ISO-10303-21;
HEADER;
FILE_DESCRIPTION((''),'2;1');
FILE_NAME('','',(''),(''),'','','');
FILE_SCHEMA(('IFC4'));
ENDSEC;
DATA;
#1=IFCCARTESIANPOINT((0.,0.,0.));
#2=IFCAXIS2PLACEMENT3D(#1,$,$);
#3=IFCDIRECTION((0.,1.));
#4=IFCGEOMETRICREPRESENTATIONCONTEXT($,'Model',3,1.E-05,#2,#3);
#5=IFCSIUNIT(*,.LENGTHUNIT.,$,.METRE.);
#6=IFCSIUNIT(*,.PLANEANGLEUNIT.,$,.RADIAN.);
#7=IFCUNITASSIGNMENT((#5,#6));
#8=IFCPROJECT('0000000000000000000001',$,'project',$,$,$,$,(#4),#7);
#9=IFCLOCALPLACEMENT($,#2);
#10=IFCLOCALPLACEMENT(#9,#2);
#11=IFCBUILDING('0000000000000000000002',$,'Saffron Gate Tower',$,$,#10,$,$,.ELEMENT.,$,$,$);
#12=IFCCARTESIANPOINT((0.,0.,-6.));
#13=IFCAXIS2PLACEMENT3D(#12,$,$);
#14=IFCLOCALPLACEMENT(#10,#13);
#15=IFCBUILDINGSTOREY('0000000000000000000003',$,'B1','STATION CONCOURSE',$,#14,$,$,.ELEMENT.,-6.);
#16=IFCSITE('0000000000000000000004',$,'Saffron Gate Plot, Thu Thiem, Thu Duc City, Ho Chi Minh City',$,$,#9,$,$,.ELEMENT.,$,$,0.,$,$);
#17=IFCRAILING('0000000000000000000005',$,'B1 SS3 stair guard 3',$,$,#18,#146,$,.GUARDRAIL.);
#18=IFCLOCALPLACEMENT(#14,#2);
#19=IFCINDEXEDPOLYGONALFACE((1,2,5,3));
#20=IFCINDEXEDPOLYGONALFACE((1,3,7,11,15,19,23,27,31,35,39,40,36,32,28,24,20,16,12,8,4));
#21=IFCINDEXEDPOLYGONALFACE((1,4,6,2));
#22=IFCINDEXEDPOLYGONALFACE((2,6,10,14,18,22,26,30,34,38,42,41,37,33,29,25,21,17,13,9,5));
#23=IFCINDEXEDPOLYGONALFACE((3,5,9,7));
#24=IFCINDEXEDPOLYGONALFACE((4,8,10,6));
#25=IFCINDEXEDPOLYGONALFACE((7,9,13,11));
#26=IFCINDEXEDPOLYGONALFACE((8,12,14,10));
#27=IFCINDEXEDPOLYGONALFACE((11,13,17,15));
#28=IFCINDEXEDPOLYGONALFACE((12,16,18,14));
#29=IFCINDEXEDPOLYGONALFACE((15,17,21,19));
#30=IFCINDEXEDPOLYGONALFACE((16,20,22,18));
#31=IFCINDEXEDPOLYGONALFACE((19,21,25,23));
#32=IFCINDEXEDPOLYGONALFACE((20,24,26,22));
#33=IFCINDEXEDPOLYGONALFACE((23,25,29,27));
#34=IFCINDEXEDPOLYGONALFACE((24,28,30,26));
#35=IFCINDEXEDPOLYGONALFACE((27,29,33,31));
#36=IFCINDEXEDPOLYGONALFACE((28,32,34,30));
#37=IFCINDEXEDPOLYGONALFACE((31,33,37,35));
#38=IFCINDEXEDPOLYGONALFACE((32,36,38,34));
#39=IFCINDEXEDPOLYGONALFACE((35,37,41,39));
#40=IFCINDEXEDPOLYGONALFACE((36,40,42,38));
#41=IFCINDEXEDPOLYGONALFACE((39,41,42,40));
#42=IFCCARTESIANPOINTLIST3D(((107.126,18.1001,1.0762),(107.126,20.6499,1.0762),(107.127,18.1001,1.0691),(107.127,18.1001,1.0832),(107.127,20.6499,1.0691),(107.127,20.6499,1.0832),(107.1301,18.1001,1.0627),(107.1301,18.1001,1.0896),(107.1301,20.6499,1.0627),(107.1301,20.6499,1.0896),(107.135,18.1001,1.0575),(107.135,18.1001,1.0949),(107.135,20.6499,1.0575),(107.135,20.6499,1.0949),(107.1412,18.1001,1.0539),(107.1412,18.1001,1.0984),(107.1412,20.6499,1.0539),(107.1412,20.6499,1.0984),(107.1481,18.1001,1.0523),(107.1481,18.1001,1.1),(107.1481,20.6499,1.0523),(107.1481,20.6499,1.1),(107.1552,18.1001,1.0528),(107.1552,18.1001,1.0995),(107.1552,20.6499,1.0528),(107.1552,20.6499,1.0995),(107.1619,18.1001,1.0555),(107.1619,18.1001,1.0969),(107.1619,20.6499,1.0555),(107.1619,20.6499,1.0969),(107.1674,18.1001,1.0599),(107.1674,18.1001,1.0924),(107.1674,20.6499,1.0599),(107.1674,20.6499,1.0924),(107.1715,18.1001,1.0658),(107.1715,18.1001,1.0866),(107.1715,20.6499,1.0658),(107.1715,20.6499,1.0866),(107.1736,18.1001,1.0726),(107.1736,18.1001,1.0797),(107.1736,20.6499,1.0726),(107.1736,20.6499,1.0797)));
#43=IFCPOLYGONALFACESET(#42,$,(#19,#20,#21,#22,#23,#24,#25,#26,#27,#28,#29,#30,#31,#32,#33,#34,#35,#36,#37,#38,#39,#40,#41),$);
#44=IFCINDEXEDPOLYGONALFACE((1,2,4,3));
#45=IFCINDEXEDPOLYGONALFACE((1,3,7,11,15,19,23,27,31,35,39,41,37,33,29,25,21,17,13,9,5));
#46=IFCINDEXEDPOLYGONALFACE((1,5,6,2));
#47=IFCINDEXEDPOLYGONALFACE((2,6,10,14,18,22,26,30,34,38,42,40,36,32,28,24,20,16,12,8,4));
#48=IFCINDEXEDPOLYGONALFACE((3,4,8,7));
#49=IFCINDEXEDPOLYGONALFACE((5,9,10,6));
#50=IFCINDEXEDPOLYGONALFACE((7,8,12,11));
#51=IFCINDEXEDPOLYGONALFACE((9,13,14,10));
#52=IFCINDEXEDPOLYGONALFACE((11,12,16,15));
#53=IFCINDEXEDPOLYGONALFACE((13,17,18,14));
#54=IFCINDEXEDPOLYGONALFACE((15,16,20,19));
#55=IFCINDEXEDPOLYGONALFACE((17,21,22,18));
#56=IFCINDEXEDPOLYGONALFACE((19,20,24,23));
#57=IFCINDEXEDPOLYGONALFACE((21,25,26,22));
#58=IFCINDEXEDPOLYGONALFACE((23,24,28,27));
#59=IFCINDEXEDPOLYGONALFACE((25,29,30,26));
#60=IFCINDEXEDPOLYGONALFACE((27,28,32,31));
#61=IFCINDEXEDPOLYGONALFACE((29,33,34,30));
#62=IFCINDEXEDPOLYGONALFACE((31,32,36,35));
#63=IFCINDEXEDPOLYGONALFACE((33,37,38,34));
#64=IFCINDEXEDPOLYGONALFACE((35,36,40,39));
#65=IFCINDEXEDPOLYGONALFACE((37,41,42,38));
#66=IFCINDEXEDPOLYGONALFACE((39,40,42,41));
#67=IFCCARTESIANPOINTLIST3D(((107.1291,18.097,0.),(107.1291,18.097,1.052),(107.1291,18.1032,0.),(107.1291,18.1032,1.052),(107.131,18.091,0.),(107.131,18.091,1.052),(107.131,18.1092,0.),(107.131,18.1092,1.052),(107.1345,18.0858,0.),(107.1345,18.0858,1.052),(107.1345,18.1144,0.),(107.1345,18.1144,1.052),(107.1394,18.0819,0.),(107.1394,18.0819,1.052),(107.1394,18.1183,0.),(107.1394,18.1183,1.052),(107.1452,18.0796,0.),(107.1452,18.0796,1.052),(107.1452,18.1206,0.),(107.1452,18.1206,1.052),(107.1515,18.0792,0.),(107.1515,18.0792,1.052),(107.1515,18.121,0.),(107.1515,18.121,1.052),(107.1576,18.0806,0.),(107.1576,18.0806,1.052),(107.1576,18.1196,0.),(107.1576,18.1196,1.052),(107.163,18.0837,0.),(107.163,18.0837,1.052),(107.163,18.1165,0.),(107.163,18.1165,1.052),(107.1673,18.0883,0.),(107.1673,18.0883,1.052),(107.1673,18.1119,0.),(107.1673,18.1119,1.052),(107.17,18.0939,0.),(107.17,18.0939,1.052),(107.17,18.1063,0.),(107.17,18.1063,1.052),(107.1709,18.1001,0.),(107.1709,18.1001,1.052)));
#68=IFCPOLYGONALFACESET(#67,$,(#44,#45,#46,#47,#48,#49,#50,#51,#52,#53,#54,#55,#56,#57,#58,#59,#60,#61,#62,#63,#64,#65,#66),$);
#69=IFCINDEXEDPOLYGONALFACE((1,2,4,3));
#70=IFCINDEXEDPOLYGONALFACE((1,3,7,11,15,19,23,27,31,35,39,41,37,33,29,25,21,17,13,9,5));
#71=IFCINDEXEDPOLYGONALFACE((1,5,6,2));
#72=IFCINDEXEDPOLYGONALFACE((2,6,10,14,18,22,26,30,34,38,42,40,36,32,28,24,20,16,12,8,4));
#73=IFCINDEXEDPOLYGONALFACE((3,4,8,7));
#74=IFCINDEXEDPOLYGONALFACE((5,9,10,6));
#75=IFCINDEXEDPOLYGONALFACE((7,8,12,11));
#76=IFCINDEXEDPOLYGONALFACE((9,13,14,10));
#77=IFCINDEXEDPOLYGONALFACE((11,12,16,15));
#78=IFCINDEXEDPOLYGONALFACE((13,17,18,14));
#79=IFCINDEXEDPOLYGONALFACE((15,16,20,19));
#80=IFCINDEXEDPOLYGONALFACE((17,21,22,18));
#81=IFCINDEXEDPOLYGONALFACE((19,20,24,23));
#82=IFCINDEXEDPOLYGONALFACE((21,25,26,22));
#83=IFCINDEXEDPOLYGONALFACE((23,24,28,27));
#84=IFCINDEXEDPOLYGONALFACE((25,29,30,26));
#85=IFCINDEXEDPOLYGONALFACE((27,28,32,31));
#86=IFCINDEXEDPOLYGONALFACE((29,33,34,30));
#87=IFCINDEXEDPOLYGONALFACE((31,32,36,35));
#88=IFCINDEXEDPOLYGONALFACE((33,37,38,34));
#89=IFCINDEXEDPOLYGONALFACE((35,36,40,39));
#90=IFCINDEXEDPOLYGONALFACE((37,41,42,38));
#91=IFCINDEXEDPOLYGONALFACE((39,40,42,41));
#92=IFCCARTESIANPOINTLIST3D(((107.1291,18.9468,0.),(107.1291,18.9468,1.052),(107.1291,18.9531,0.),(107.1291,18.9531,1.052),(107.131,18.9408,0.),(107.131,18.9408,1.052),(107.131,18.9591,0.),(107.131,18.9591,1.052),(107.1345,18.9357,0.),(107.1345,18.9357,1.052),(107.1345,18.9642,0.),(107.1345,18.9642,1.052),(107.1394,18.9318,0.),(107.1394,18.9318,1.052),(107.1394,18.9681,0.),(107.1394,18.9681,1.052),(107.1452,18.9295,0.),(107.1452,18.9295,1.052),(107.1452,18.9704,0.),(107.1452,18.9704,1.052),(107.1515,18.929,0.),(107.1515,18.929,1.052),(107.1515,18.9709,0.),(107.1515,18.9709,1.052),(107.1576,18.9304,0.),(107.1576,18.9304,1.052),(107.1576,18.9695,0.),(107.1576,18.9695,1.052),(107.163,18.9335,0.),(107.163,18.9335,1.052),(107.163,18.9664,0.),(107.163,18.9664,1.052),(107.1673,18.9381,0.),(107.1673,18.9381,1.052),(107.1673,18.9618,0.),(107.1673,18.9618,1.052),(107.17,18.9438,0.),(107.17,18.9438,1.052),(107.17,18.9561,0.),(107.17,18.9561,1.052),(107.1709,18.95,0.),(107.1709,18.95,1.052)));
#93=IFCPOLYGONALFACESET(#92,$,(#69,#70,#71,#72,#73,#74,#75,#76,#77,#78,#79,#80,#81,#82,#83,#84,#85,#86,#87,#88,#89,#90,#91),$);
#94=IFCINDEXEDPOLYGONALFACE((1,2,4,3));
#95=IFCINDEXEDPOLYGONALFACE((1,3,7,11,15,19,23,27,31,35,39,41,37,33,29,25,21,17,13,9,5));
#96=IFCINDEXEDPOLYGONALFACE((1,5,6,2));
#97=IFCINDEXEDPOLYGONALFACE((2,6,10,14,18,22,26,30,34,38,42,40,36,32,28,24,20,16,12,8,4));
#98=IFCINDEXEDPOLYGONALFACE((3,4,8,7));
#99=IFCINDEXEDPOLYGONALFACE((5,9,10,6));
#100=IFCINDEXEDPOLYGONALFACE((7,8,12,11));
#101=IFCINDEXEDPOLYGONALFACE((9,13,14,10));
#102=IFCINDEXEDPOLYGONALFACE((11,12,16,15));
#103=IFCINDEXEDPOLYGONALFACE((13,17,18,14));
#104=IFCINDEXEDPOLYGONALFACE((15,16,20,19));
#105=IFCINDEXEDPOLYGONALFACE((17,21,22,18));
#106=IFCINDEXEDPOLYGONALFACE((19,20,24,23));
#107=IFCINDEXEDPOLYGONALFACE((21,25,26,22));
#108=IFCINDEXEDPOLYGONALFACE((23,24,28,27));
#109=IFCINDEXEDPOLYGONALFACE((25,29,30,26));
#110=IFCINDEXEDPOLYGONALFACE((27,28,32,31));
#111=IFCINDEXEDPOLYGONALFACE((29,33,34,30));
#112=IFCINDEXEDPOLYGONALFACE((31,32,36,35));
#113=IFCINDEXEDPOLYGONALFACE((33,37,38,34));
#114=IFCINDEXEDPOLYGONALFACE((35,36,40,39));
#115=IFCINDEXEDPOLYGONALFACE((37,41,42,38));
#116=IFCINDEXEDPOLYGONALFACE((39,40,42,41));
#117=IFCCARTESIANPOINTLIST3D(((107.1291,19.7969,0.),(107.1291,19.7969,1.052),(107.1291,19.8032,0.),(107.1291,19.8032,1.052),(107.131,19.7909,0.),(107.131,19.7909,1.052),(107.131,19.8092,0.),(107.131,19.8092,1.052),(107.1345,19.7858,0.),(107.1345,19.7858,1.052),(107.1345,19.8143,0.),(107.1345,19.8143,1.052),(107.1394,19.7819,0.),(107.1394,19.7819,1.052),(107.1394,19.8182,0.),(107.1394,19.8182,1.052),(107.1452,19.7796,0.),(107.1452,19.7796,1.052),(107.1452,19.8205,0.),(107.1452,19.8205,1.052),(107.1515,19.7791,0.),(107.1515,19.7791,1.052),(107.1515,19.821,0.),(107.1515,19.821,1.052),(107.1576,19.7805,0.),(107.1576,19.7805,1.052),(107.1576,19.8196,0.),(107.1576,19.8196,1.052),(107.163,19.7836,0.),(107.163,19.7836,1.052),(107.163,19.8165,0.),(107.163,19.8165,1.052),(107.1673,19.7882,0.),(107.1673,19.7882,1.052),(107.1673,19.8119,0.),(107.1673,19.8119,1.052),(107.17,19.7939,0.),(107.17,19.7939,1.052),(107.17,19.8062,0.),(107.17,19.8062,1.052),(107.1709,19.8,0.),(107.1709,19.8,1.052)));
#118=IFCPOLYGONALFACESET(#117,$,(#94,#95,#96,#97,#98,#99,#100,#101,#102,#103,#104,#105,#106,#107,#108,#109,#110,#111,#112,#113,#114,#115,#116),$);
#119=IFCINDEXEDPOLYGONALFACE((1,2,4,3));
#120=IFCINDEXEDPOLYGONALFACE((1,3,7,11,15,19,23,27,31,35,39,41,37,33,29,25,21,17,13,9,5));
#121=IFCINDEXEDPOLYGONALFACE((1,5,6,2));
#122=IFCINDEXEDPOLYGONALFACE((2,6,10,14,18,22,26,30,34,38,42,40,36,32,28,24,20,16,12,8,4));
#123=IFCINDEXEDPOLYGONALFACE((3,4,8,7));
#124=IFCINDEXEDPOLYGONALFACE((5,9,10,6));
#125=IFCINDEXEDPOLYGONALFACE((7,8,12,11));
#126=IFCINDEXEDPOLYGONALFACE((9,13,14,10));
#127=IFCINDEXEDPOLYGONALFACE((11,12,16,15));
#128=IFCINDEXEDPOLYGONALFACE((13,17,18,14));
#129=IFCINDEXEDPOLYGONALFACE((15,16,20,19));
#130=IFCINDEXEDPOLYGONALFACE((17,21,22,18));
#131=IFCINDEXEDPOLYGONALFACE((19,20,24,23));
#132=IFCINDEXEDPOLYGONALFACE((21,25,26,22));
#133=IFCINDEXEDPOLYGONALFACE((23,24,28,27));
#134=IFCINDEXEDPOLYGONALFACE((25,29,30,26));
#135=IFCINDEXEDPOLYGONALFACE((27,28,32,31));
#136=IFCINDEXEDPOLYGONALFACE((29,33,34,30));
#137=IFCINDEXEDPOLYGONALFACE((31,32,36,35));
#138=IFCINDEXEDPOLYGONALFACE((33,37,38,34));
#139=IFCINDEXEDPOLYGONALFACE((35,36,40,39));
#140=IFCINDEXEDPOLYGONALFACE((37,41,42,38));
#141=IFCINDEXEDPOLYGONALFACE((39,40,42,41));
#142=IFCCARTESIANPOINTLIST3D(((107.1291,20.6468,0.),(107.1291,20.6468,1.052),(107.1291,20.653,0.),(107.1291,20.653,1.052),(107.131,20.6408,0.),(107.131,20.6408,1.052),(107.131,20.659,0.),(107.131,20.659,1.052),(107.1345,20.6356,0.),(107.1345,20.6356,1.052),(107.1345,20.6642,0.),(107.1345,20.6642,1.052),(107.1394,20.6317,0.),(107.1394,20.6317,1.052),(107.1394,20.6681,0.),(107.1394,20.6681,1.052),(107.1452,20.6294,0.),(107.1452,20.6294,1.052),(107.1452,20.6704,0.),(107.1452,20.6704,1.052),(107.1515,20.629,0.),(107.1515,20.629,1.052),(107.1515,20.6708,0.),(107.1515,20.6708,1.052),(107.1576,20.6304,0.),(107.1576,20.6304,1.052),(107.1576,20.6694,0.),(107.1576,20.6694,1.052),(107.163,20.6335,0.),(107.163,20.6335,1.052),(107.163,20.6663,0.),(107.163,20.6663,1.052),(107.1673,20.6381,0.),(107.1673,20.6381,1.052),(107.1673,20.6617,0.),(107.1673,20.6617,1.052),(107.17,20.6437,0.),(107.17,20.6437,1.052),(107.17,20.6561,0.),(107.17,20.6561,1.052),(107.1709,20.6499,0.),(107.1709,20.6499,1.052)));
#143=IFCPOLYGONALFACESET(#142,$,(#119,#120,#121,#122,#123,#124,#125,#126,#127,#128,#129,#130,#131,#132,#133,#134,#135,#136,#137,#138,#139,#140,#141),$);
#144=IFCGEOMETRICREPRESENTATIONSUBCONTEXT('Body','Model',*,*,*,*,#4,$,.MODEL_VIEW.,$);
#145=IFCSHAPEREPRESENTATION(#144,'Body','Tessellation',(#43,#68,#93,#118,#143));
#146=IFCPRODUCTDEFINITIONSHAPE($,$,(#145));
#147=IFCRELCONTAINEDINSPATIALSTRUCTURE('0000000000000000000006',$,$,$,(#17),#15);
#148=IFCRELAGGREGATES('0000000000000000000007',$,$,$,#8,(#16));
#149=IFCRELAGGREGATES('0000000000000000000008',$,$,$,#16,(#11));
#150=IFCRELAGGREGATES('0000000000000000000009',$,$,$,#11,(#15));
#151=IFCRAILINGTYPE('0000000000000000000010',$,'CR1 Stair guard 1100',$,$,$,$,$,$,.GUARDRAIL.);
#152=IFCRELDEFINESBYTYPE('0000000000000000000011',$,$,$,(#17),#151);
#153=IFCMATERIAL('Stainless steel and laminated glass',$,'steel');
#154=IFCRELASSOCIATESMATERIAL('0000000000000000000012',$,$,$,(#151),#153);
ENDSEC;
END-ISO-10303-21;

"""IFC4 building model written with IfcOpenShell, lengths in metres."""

from ifc_helpers import new_model, si_unit, direction, frame, origin, origin_2d, place, context, subcontext, project, spatial, circle, extrude, material, type_object, element, save


model = new_model("IFC4")

# Units and contexts
model_context = context("Model", 3, precision=1e-05, world=origin(), true_north=direction((0.0, 1.0)))
body_context = subcontext(model_context, "Body", "Model", "MODEL_VIEW")
ifc_project = project(units=[si_unit("LENGTHUNIT", "METRE"), si_unit("PLANEANGLEUNIT", "RADIAN")], contexts=[model_context])

# Site, building, storey
site_placement = place(None, origin())
site = spatial("IfcSite", under=ifc_project, at=site_placement, Name="Saffron Gate Plot, Thu Thiem, Thu Duc City, Ho Chi Minh City", CompositionType="ELEMENT", RefElevation=0.0)
building_placement = place(site_placement, origin())
building = spatial("IfcBuilding", under=site, at=building_placement, Name="Saffron Gate Tower", CompositionType="ELEMENT")
storey_placement = place(building_placement, frame((0.0, 0.0, -6.0)))
storey = spatial("IfcBuildingStorey", under=building, at=storey_placement, Name="B1", Description="STATION CONCOURSE", CompositionType="ELEMENT", Elevation=-6.0)

# Railing
ifc_material_1 = material(Name="Stainless steel and laminated glass", Category="steel")
railing_type_1 = type_object("IfcRailingType", Name="CR1 Stair guard 1100", PredefinedType="GUARDRAIL", material=ifc_material_1)
for number, where, name in (
    (1, (107.1499, 18.1001, 0.0), "B1 SS3 stair guard 3"),
):
    element("IfcRailing", number, at=place(storey_placement, frame(where)), inside=storey, type_object=railing_type_1, Name=name, PredefinedType="GUARDRAIL", context=body_context, shape_type="SweptSolid", body=[
        extrude(circle(Radius=0.0239, at=origin_2d()), frame((0.0, 0.0, 1.0762), z_axis=(0.0, 1.0, 0.0), x_axis=(-1.0, 0.0, 0.0)), (0.0, 0.0, 1.0), 2.5498),
        extrude(circle(Radius=0.021, at=origin_2d()), origin(), (0.0, 0.0, 1.0), 1.052),
        extrude(circle(Radius=0.021, at=origin_2d()), frame((0.0, 0.8499, 0.0)), (0.0, 0.0, 1.0), 1.052),
        extrude(circle(Radius=0.021, at=origin_2d()), frame((0.0, 1.7, 0.0)), (0.0, 0.0, 1.0), 1.052),
        extrude(circle(Radius=0.021, at=origin_2d()), frame((0.0, 2.5498, 0.0)), (0.0, 0.0, 1.0), 1.052),
    ])

save(model, "model.ifc")
